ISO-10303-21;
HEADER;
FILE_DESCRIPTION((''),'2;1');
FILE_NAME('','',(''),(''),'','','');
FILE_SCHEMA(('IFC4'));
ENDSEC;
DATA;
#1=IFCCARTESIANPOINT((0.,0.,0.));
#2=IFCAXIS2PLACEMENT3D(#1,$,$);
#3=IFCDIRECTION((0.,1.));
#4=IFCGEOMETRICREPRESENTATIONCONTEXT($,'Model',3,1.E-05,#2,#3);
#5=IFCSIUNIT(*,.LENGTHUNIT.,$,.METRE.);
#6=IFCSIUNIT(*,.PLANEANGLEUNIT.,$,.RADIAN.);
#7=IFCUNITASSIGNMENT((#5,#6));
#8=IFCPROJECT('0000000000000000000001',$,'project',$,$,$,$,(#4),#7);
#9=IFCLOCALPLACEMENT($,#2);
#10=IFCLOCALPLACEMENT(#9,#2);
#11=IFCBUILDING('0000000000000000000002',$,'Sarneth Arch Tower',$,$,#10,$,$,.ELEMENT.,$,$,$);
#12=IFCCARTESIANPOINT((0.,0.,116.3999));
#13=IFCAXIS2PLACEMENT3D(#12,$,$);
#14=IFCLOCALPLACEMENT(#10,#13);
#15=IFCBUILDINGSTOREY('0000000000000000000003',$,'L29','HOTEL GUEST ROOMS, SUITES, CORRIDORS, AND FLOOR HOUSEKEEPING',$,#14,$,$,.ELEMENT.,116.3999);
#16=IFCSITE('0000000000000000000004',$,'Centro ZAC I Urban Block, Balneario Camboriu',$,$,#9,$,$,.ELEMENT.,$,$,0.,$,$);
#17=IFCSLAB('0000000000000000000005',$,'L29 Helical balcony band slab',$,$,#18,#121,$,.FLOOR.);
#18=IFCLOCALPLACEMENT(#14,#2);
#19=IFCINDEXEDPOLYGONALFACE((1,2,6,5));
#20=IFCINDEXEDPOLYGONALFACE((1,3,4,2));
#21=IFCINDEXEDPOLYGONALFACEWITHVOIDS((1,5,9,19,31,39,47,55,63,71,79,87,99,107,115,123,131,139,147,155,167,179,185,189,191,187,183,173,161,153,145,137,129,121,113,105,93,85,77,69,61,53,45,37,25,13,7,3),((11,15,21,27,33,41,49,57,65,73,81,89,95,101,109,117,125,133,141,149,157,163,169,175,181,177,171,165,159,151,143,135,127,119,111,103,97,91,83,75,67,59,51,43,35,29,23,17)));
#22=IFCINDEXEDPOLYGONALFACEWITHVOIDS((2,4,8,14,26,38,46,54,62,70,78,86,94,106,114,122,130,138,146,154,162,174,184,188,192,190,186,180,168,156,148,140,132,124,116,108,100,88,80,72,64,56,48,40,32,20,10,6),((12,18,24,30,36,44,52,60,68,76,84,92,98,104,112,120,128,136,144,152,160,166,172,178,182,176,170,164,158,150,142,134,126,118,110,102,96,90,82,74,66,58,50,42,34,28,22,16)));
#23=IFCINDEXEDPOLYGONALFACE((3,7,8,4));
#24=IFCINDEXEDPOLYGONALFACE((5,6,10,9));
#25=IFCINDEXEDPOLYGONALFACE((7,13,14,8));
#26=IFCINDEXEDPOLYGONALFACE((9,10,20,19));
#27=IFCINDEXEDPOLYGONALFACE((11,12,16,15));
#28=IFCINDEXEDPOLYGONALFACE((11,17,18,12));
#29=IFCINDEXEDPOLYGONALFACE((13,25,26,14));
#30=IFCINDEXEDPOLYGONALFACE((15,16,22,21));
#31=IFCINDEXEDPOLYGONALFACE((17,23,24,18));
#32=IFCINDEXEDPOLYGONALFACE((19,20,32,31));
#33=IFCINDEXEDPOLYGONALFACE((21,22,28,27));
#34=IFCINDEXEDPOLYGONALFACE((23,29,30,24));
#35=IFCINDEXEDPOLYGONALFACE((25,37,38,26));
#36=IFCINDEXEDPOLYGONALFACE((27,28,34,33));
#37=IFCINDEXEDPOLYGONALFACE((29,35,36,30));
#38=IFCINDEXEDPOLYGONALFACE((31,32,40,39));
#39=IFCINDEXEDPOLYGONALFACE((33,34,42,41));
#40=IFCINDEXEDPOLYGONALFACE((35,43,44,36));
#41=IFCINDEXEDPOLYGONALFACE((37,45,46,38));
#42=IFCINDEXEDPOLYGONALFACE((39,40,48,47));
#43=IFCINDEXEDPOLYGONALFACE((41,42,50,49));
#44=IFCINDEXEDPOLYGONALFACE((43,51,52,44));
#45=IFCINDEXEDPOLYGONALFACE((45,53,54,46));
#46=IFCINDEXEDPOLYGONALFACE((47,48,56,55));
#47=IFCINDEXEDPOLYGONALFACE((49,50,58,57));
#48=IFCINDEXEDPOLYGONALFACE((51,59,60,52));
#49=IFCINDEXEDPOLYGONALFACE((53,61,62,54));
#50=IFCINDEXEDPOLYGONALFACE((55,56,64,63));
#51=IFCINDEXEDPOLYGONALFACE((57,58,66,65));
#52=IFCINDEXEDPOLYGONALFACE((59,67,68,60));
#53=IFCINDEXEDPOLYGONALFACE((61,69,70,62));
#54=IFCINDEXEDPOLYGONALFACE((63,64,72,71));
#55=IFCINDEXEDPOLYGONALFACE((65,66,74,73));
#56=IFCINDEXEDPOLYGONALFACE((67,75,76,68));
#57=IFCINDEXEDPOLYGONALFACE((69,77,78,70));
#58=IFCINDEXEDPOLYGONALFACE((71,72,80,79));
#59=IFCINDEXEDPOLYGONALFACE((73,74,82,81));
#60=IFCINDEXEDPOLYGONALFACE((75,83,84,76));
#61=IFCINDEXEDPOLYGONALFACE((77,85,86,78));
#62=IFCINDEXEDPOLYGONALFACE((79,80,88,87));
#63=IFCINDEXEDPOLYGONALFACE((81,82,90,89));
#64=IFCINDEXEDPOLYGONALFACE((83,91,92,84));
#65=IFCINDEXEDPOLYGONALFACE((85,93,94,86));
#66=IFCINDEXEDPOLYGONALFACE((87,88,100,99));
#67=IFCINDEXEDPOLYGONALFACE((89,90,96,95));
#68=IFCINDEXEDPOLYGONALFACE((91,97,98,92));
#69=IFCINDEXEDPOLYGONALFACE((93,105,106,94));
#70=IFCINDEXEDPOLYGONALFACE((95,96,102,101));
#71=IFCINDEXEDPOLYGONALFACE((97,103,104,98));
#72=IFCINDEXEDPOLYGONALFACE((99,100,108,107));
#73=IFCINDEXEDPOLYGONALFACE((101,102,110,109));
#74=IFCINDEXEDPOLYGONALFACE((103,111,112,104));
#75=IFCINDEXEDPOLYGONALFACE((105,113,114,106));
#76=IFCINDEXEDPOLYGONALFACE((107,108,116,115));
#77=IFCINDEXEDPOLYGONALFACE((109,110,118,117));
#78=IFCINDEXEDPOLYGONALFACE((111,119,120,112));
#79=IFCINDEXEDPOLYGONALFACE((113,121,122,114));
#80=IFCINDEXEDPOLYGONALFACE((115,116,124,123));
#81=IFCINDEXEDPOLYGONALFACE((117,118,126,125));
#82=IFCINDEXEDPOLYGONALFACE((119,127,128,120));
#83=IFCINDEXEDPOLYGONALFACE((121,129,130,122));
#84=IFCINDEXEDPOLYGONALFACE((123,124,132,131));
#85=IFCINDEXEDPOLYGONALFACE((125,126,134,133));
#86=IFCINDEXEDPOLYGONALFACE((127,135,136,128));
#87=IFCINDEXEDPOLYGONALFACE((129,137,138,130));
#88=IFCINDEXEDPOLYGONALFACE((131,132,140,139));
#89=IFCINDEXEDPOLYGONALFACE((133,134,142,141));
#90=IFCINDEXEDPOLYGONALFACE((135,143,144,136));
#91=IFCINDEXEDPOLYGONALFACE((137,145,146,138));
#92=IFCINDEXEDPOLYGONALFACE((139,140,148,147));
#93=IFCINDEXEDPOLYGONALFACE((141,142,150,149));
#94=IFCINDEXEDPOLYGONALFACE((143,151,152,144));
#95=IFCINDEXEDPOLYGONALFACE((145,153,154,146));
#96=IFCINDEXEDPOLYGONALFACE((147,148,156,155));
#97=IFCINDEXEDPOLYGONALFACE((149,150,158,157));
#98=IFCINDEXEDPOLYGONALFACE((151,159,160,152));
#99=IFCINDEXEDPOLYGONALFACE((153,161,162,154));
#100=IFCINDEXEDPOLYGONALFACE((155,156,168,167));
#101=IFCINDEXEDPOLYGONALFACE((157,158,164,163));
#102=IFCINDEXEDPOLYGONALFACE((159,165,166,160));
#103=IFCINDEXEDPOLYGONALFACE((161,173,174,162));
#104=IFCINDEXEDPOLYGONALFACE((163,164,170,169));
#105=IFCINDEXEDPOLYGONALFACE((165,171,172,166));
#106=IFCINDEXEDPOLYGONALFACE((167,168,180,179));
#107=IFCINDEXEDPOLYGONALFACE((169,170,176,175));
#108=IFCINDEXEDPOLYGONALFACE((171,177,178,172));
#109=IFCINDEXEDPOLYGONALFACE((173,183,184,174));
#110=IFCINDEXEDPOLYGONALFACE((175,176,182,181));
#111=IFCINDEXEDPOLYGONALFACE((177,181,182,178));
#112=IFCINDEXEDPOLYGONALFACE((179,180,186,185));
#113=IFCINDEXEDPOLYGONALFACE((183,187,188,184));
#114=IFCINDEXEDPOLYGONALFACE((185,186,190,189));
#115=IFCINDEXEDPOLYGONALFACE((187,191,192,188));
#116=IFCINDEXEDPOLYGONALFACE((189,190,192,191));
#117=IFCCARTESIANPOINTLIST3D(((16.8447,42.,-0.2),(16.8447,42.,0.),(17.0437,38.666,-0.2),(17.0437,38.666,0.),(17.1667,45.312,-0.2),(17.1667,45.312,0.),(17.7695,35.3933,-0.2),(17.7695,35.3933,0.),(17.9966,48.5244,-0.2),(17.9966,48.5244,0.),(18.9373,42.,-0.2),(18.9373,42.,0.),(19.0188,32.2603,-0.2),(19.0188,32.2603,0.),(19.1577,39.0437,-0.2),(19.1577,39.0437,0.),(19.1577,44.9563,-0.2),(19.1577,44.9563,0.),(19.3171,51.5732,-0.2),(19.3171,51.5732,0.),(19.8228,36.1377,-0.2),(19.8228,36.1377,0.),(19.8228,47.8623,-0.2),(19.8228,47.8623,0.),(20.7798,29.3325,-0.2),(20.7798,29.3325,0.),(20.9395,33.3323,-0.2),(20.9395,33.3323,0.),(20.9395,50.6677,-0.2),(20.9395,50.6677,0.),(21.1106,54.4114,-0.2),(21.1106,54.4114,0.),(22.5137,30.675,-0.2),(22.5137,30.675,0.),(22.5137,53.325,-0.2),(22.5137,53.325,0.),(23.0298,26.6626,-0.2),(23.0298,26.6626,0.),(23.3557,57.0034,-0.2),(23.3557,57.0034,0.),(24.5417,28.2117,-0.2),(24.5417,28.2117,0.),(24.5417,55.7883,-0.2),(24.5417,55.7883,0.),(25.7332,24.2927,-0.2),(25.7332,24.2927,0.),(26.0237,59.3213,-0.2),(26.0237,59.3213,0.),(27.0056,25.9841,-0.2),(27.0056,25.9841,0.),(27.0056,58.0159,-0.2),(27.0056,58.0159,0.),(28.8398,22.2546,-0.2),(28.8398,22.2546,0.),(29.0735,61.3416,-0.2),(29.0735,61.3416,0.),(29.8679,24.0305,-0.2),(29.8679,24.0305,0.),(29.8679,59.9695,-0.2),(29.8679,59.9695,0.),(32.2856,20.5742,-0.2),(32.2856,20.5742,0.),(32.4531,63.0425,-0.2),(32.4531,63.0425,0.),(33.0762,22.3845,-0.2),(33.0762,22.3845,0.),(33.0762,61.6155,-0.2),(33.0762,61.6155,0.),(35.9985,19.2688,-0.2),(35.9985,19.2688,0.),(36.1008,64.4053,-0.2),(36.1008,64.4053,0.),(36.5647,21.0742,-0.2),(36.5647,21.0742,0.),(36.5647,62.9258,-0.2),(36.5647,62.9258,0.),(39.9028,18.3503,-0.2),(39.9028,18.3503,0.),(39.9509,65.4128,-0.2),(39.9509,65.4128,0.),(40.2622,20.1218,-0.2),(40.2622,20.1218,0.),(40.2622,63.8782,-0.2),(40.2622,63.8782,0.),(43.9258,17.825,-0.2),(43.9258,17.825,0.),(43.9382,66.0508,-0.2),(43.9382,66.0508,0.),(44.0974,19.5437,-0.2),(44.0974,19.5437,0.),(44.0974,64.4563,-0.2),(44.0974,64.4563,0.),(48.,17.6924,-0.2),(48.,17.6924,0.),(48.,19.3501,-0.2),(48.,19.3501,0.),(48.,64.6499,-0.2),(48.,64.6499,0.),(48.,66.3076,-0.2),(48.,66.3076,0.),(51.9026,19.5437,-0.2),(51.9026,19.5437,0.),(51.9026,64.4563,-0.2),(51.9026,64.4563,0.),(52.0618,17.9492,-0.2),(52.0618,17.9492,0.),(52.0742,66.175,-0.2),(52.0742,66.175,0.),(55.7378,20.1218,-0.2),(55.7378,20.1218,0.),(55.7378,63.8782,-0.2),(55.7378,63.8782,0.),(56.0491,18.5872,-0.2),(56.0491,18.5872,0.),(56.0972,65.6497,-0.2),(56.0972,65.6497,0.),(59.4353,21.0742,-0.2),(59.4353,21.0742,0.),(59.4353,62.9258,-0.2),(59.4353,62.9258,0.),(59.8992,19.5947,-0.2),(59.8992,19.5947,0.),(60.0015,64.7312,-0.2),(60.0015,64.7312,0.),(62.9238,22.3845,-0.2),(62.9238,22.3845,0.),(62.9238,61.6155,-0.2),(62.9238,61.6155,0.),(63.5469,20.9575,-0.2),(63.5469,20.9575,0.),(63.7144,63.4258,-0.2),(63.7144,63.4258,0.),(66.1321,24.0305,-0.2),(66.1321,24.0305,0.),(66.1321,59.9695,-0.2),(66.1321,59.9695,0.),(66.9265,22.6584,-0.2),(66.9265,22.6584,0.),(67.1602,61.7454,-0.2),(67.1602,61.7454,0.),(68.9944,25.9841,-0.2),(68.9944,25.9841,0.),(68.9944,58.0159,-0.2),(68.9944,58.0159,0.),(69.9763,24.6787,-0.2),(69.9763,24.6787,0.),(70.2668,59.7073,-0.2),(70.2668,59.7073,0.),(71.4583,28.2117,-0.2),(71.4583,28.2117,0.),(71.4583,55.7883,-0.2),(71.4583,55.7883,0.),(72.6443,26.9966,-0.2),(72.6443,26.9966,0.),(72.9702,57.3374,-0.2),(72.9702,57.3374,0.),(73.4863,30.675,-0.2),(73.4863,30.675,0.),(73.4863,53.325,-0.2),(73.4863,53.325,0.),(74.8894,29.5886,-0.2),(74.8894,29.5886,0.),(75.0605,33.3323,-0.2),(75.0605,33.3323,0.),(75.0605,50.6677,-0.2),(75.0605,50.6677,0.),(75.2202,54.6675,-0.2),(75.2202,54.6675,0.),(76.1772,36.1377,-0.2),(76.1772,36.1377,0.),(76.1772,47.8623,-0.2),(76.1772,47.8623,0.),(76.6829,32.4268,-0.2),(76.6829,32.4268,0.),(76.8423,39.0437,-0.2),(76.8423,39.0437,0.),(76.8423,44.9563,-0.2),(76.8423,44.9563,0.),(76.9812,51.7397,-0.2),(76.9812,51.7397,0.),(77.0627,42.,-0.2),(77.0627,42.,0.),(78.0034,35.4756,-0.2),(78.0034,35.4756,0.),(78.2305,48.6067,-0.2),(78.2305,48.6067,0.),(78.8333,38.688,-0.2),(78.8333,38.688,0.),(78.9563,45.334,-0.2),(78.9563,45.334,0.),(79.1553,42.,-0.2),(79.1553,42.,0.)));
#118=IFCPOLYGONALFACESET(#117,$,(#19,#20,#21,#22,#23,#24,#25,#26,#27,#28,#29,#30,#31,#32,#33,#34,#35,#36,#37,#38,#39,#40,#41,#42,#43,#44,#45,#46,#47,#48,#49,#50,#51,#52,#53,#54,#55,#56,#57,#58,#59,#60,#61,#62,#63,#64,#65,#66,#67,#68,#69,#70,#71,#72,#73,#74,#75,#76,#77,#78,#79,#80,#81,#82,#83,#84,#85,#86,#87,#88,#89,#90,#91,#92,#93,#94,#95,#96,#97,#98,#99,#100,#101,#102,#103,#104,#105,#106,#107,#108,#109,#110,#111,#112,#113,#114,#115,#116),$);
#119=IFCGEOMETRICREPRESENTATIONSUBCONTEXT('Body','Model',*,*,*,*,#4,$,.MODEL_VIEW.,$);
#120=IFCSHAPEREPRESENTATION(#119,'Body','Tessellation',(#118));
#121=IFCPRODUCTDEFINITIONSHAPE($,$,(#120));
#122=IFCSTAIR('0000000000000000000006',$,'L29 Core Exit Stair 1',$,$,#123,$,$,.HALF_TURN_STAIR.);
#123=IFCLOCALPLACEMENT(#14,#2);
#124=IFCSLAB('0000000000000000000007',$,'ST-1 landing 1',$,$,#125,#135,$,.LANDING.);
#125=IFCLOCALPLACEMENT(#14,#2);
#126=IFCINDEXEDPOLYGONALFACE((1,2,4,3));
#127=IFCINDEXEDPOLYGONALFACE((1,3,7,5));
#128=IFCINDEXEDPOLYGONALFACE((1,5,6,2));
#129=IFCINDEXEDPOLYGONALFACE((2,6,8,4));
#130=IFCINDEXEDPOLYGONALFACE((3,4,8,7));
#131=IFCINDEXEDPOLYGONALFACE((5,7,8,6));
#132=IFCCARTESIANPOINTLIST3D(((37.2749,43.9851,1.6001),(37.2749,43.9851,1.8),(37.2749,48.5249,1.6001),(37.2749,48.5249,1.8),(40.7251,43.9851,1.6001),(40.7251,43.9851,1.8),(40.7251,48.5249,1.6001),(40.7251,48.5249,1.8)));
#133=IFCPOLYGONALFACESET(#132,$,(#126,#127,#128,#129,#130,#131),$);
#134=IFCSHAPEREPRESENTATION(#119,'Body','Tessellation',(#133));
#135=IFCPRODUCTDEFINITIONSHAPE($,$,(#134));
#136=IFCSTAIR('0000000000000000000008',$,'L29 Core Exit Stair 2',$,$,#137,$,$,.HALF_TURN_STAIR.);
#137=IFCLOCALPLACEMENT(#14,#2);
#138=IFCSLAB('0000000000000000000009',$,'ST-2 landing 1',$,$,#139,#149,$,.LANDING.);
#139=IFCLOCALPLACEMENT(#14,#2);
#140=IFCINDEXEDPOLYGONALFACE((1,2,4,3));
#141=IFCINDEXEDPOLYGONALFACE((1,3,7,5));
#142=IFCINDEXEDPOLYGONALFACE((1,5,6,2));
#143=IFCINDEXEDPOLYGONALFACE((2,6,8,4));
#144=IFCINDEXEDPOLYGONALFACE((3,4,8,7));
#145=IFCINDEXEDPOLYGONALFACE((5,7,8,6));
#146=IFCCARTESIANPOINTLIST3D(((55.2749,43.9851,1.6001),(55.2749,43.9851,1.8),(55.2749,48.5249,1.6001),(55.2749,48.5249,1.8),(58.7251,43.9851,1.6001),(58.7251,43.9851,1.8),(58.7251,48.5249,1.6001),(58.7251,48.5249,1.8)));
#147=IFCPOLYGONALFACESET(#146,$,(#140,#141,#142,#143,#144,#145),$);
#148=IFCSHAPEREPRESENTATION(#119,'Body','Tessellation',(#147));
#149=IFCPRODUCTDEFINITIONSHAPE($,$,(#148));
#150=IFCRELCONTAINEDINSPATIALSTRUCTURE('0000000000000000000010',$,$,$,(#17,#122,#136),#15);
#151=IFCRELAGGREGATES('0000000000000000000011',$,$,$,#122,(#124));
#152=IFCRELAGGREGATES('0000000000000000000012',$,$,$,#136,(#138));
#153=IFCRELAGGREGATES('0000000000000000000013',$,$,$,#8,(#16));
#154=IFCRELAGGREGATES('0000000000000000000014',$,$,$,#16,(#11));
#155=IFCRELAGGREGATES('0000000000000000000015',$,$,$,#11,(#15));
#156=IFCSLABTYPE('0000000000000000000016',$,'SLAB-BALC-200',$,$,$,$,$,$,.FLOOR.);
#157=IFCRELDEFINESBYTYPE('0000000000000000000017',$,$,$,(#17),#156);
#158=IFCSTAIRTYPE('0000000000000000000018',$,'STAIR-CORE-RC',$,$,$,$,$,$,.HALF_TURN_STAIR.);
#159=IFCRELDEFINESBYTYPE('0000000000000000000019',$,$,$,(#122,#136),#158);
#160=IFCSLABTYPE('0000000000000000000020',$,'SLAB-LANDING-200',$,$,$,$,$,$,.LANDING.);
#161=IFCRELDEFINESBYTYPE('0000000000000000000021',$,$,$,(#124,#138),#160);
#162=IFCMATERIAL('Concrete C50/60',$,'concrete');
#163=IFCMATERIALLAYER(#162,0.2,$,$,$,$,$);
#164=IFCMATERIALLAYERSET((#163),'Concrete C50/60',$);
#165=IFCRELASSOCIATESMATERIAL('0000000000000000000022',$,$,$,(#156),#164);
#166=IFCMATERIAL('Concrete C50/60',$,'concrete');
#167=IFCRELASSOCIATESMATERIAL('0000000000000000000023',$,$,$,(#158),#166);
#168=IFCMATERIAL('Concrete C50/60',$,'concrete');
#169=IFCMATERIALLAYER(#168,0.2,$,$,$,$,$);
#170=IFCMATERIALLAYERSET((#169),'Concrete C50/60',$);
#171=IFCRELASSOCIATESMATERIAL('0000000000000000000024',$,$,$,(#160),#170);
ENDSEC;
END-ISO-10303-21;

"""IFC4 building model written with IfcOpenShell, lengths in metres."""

from ifc_helpers import new_model, si_unit, direction, frame, origin, place, context, subcontext, project, spatial, polyline, outline, extrude, material, layer, layer_set, type_object, element, aggregate, save


model = new_model("IFC4")

# Units and contexts
model_context = context("Model", 3, precision=1e-05, world=origin(), true_north=direction((0.0, 1.0)))
body_context = subcontext(model_context, "Body", "Model", "MODEL_VIEW")
ifc_project = project(units=[si_unit("LENGTHUNIT", "METRE"), si_unit("PLANEANGLEUNIT", "RADIAN")], contexts=[model_context])

# Site, building, storey
site_placement = place(None, origin())
site = spatial("IfcSite", under=ifc_project, at=site_placement, Name="Centro ZAC I Urban Block, Balneario Camboriu", CompositionType="ELEMENT", RefElevation=0.0)
building_placement = place(site_placement, origin())
building = spatial("IfcBuilding", under=site, at=building_placement, Name="Sarneth Arch Tower", CompositionType="ELEMENT")
storey_placement = place(building_placement, frame((0.0, 0.0, 116.3999)))
storey = spatial("IfcBuildingStorey", under=building, at=storey_placement, Name="L29", Description="HOTEL GUEST ROOMS, SUITES, CORRIDORS, AND FLOOR HOUSEKEEPING", CompositionType="ELEMENT", Elevation=116.3999)

# Slab
ifc_material_1 = material(Name="Concrete C50/60", Category="concrete")
ifc_layer_1 = layer(ifc_material_1, 0.2)
ifc_layer_set_1 = layer_set([ifc_layer_1], Name="Concrete C50/60")
slab_type_1 = type_object("IfcSlabType", Name="SLAB-BALC-200", PredefinedType="FLOOR", material=ifc_layer_set_1)
slab_1_placement = place(storey_placement, frame((0.0, 0.0, -0.2)))
element("IfcSlab", 1, at=slab_1_placement, inside=storey, type_object=slab_type_1, Name="L29 Helical balcony band slab", PredefinedType="FLOOR", context=body_context, shape_type="SweptSolid", body=[
    extrude(outline(polyline([(79.1553, 42.0), (78.9563, 45.334), (78.2305, 48.6067), (76.9812, 51.7397), (75.2202, 54.6675), (72.9702, 57.3374), (70.2668, 59.7073), (67.1602, 61.7454), (63.7144, 63.4258), (60.0015, 64.7312), (56.0972, 65.6497), (52.0742, 66.175), (48.0, 66.3076), (43.9382, 66.0508), (39.9509, 65.4128), (36.1008, 64.4053), (32.4531, 63.0425), (29.0735, 61.3416), (26.0237, 59.3213), (23.3557, 57.0034), (21.1106, 54.4114), (19.3171, 51.5732), (17.9966, 48.5244), (17.1667, 45.312), (16.8447, 42.0), (17.0437, 38.666), (17.7695, 35.3933), (19.0188, 32.2603), (20.7798, 29.3325), (23.0298, 26.6626), (25.7332, 24.2927), (28.8398, 22.2546), (32.2856, 20.5742), (35.9985, 19.2688), (39.9028, 18.3503), (43.9258, 17.825), (48.0, 17.6924), (52.0618, 17.9492), (56.0491, 18.5872), (59.8992, 19.5947), (63.5469, 20.9575), (66.9265, 22.6584), (69.9763, 24.6787), (72.6443, 26.9966), (74.8894, 29.5886), (76.6829, 32.4268), (78.0034, 35.4756), (78.8333, 38.688), (79.1553, 42.0)]), holes=[polyline([(77.0627, 42.0), (76.8423, 44.9563), (76.1772, 47.8623), (75.0605, 50.6677), (73.4863, 53.325), (71.4583, 55.7883), (68.9944, 58.0159), (66.1321, 59.9695), (62.9238, 61.6155), (59.4353, 62.9258), (55.7378, 63.8782), (51.9026, 64.4563), (48.0, 64.6499), (44.0974, 64.4563), (40.2622, 63.8782), (36.5647, 62.9258), (33.0762, 61.6155), (29.8679, 59.9695), (27.0056, 58.0159), (24.5417, 55.7883), (22.5137, 53.325), (20.9395, 50.6677), (19.8228, 47.8623), (19.1577, 44.9563), (18.9373, 42.0), (19.1577, 39.0437), (19.8228, 36.1377), (20.9395, 33.3323), (22.5137, 30.675), (24.5417, 28.2117), (27.0056, 25.9841), (29.8679, 24.0305), (33.0762, 22.3845), (36.5647, 21.0742), (40.2622, 20.1218), (44.0974, 19.5437), (48.0, 19.3501), (51.9026, 19.5437), (55.7378, 20.1218), (59.4353, 21.0742), (62.9238, 22.3845), (66.1321, 24.0305), (68.9944, 25.9841), (71.4583, 28.2117), (73.4863, 30.675), (75.0605, 33.3323), (76.1772, 36.1377), (76.8423, 39.0437), (77.0627, 42.0)])]), origin(), (0.0, 0.0, 1.0), 0.2),
])

# Stairs, slabs
ifc_material_2 = material(Name="Concrete C50/60", Category="concrete")
stair_type = type_object("IfcStairType", Name="STAIR-CORE-RC", PredefinedType="HALF_TURN_STAIR", material=ifc_material_2)
stair_1_placement = place(storey_placement, origin())
stair_1 = element("IfcStair", 2, at=stair_1_placement, inside=storey, type_object=stair_type, Name="L29 Core Exit Stair 1", PredefinedType="HALF_TURN_STAIR")
ifc_material_3 = material(Name="Concrete C50/60", Category="concrete")
ifc_layer_2 = layer(ifc_material_3, 0.2)
ifc_layer_set_2 = layer_set([ifc_layer_2], Name="Concrete C50/60")
slab_type_2 = type_object("IfcSlabType", Name="SLAB-LANDING-200", PredefinedType="LANDING", material=ifc_layer_set_2)
slab_2_placement = place(storey_placement, frame((0.0, 0.0, 1.6001)))
slab_2 = element("IfcSlab", 3, at=slab_2_placement, type_object=slab_type_2, Name="ST-1 landing 1", PredefinedType="LANDING", context=body_context, shape_type="SweptSolid", body=[
    extrude(outline(polyline([(37.2749, 43.9851), (40.7251, 43.9851), (40.7251, 48.5249), (37.2749, 48.5249), (37.2749, 43.9851)])), origin(), (0.0, 0.0, 1.0), 0.2),
])
aggregate(stair_1, [slab_2])
stair_2_placement = place(storey_placement, origin())
stair_2 = element("IfcStair", 4, at=stair_2_placement, inside=storey, type_object=stair_type, Name="L29 Core Exit Stair 2", PredefinedType="HALF_TURN_STAIR")
slab_3_placement = place(storey_placement, frame((0.0, 0.0, 1.6001)))
slab_3 = element("IfcSlab", 5, at=slab_3_placement, type_object=slab_type_2, Name="ST-2 landing 1", PredefinedType="LANDING", context=body_context, shape_type="SweptSolid", body=[
    extrude(outline(polyline([(55.2749, 43.9851), (58.7251, 43.9851), (58.7251, 48.5249), (55.2749, 48.5249), (55.2749, 43.9851)])), origin(), (0.0, 0.0, 1.0), 0.2),
])
aggregate(stair_2, [slab_3])

save(model, "model.ifc")
